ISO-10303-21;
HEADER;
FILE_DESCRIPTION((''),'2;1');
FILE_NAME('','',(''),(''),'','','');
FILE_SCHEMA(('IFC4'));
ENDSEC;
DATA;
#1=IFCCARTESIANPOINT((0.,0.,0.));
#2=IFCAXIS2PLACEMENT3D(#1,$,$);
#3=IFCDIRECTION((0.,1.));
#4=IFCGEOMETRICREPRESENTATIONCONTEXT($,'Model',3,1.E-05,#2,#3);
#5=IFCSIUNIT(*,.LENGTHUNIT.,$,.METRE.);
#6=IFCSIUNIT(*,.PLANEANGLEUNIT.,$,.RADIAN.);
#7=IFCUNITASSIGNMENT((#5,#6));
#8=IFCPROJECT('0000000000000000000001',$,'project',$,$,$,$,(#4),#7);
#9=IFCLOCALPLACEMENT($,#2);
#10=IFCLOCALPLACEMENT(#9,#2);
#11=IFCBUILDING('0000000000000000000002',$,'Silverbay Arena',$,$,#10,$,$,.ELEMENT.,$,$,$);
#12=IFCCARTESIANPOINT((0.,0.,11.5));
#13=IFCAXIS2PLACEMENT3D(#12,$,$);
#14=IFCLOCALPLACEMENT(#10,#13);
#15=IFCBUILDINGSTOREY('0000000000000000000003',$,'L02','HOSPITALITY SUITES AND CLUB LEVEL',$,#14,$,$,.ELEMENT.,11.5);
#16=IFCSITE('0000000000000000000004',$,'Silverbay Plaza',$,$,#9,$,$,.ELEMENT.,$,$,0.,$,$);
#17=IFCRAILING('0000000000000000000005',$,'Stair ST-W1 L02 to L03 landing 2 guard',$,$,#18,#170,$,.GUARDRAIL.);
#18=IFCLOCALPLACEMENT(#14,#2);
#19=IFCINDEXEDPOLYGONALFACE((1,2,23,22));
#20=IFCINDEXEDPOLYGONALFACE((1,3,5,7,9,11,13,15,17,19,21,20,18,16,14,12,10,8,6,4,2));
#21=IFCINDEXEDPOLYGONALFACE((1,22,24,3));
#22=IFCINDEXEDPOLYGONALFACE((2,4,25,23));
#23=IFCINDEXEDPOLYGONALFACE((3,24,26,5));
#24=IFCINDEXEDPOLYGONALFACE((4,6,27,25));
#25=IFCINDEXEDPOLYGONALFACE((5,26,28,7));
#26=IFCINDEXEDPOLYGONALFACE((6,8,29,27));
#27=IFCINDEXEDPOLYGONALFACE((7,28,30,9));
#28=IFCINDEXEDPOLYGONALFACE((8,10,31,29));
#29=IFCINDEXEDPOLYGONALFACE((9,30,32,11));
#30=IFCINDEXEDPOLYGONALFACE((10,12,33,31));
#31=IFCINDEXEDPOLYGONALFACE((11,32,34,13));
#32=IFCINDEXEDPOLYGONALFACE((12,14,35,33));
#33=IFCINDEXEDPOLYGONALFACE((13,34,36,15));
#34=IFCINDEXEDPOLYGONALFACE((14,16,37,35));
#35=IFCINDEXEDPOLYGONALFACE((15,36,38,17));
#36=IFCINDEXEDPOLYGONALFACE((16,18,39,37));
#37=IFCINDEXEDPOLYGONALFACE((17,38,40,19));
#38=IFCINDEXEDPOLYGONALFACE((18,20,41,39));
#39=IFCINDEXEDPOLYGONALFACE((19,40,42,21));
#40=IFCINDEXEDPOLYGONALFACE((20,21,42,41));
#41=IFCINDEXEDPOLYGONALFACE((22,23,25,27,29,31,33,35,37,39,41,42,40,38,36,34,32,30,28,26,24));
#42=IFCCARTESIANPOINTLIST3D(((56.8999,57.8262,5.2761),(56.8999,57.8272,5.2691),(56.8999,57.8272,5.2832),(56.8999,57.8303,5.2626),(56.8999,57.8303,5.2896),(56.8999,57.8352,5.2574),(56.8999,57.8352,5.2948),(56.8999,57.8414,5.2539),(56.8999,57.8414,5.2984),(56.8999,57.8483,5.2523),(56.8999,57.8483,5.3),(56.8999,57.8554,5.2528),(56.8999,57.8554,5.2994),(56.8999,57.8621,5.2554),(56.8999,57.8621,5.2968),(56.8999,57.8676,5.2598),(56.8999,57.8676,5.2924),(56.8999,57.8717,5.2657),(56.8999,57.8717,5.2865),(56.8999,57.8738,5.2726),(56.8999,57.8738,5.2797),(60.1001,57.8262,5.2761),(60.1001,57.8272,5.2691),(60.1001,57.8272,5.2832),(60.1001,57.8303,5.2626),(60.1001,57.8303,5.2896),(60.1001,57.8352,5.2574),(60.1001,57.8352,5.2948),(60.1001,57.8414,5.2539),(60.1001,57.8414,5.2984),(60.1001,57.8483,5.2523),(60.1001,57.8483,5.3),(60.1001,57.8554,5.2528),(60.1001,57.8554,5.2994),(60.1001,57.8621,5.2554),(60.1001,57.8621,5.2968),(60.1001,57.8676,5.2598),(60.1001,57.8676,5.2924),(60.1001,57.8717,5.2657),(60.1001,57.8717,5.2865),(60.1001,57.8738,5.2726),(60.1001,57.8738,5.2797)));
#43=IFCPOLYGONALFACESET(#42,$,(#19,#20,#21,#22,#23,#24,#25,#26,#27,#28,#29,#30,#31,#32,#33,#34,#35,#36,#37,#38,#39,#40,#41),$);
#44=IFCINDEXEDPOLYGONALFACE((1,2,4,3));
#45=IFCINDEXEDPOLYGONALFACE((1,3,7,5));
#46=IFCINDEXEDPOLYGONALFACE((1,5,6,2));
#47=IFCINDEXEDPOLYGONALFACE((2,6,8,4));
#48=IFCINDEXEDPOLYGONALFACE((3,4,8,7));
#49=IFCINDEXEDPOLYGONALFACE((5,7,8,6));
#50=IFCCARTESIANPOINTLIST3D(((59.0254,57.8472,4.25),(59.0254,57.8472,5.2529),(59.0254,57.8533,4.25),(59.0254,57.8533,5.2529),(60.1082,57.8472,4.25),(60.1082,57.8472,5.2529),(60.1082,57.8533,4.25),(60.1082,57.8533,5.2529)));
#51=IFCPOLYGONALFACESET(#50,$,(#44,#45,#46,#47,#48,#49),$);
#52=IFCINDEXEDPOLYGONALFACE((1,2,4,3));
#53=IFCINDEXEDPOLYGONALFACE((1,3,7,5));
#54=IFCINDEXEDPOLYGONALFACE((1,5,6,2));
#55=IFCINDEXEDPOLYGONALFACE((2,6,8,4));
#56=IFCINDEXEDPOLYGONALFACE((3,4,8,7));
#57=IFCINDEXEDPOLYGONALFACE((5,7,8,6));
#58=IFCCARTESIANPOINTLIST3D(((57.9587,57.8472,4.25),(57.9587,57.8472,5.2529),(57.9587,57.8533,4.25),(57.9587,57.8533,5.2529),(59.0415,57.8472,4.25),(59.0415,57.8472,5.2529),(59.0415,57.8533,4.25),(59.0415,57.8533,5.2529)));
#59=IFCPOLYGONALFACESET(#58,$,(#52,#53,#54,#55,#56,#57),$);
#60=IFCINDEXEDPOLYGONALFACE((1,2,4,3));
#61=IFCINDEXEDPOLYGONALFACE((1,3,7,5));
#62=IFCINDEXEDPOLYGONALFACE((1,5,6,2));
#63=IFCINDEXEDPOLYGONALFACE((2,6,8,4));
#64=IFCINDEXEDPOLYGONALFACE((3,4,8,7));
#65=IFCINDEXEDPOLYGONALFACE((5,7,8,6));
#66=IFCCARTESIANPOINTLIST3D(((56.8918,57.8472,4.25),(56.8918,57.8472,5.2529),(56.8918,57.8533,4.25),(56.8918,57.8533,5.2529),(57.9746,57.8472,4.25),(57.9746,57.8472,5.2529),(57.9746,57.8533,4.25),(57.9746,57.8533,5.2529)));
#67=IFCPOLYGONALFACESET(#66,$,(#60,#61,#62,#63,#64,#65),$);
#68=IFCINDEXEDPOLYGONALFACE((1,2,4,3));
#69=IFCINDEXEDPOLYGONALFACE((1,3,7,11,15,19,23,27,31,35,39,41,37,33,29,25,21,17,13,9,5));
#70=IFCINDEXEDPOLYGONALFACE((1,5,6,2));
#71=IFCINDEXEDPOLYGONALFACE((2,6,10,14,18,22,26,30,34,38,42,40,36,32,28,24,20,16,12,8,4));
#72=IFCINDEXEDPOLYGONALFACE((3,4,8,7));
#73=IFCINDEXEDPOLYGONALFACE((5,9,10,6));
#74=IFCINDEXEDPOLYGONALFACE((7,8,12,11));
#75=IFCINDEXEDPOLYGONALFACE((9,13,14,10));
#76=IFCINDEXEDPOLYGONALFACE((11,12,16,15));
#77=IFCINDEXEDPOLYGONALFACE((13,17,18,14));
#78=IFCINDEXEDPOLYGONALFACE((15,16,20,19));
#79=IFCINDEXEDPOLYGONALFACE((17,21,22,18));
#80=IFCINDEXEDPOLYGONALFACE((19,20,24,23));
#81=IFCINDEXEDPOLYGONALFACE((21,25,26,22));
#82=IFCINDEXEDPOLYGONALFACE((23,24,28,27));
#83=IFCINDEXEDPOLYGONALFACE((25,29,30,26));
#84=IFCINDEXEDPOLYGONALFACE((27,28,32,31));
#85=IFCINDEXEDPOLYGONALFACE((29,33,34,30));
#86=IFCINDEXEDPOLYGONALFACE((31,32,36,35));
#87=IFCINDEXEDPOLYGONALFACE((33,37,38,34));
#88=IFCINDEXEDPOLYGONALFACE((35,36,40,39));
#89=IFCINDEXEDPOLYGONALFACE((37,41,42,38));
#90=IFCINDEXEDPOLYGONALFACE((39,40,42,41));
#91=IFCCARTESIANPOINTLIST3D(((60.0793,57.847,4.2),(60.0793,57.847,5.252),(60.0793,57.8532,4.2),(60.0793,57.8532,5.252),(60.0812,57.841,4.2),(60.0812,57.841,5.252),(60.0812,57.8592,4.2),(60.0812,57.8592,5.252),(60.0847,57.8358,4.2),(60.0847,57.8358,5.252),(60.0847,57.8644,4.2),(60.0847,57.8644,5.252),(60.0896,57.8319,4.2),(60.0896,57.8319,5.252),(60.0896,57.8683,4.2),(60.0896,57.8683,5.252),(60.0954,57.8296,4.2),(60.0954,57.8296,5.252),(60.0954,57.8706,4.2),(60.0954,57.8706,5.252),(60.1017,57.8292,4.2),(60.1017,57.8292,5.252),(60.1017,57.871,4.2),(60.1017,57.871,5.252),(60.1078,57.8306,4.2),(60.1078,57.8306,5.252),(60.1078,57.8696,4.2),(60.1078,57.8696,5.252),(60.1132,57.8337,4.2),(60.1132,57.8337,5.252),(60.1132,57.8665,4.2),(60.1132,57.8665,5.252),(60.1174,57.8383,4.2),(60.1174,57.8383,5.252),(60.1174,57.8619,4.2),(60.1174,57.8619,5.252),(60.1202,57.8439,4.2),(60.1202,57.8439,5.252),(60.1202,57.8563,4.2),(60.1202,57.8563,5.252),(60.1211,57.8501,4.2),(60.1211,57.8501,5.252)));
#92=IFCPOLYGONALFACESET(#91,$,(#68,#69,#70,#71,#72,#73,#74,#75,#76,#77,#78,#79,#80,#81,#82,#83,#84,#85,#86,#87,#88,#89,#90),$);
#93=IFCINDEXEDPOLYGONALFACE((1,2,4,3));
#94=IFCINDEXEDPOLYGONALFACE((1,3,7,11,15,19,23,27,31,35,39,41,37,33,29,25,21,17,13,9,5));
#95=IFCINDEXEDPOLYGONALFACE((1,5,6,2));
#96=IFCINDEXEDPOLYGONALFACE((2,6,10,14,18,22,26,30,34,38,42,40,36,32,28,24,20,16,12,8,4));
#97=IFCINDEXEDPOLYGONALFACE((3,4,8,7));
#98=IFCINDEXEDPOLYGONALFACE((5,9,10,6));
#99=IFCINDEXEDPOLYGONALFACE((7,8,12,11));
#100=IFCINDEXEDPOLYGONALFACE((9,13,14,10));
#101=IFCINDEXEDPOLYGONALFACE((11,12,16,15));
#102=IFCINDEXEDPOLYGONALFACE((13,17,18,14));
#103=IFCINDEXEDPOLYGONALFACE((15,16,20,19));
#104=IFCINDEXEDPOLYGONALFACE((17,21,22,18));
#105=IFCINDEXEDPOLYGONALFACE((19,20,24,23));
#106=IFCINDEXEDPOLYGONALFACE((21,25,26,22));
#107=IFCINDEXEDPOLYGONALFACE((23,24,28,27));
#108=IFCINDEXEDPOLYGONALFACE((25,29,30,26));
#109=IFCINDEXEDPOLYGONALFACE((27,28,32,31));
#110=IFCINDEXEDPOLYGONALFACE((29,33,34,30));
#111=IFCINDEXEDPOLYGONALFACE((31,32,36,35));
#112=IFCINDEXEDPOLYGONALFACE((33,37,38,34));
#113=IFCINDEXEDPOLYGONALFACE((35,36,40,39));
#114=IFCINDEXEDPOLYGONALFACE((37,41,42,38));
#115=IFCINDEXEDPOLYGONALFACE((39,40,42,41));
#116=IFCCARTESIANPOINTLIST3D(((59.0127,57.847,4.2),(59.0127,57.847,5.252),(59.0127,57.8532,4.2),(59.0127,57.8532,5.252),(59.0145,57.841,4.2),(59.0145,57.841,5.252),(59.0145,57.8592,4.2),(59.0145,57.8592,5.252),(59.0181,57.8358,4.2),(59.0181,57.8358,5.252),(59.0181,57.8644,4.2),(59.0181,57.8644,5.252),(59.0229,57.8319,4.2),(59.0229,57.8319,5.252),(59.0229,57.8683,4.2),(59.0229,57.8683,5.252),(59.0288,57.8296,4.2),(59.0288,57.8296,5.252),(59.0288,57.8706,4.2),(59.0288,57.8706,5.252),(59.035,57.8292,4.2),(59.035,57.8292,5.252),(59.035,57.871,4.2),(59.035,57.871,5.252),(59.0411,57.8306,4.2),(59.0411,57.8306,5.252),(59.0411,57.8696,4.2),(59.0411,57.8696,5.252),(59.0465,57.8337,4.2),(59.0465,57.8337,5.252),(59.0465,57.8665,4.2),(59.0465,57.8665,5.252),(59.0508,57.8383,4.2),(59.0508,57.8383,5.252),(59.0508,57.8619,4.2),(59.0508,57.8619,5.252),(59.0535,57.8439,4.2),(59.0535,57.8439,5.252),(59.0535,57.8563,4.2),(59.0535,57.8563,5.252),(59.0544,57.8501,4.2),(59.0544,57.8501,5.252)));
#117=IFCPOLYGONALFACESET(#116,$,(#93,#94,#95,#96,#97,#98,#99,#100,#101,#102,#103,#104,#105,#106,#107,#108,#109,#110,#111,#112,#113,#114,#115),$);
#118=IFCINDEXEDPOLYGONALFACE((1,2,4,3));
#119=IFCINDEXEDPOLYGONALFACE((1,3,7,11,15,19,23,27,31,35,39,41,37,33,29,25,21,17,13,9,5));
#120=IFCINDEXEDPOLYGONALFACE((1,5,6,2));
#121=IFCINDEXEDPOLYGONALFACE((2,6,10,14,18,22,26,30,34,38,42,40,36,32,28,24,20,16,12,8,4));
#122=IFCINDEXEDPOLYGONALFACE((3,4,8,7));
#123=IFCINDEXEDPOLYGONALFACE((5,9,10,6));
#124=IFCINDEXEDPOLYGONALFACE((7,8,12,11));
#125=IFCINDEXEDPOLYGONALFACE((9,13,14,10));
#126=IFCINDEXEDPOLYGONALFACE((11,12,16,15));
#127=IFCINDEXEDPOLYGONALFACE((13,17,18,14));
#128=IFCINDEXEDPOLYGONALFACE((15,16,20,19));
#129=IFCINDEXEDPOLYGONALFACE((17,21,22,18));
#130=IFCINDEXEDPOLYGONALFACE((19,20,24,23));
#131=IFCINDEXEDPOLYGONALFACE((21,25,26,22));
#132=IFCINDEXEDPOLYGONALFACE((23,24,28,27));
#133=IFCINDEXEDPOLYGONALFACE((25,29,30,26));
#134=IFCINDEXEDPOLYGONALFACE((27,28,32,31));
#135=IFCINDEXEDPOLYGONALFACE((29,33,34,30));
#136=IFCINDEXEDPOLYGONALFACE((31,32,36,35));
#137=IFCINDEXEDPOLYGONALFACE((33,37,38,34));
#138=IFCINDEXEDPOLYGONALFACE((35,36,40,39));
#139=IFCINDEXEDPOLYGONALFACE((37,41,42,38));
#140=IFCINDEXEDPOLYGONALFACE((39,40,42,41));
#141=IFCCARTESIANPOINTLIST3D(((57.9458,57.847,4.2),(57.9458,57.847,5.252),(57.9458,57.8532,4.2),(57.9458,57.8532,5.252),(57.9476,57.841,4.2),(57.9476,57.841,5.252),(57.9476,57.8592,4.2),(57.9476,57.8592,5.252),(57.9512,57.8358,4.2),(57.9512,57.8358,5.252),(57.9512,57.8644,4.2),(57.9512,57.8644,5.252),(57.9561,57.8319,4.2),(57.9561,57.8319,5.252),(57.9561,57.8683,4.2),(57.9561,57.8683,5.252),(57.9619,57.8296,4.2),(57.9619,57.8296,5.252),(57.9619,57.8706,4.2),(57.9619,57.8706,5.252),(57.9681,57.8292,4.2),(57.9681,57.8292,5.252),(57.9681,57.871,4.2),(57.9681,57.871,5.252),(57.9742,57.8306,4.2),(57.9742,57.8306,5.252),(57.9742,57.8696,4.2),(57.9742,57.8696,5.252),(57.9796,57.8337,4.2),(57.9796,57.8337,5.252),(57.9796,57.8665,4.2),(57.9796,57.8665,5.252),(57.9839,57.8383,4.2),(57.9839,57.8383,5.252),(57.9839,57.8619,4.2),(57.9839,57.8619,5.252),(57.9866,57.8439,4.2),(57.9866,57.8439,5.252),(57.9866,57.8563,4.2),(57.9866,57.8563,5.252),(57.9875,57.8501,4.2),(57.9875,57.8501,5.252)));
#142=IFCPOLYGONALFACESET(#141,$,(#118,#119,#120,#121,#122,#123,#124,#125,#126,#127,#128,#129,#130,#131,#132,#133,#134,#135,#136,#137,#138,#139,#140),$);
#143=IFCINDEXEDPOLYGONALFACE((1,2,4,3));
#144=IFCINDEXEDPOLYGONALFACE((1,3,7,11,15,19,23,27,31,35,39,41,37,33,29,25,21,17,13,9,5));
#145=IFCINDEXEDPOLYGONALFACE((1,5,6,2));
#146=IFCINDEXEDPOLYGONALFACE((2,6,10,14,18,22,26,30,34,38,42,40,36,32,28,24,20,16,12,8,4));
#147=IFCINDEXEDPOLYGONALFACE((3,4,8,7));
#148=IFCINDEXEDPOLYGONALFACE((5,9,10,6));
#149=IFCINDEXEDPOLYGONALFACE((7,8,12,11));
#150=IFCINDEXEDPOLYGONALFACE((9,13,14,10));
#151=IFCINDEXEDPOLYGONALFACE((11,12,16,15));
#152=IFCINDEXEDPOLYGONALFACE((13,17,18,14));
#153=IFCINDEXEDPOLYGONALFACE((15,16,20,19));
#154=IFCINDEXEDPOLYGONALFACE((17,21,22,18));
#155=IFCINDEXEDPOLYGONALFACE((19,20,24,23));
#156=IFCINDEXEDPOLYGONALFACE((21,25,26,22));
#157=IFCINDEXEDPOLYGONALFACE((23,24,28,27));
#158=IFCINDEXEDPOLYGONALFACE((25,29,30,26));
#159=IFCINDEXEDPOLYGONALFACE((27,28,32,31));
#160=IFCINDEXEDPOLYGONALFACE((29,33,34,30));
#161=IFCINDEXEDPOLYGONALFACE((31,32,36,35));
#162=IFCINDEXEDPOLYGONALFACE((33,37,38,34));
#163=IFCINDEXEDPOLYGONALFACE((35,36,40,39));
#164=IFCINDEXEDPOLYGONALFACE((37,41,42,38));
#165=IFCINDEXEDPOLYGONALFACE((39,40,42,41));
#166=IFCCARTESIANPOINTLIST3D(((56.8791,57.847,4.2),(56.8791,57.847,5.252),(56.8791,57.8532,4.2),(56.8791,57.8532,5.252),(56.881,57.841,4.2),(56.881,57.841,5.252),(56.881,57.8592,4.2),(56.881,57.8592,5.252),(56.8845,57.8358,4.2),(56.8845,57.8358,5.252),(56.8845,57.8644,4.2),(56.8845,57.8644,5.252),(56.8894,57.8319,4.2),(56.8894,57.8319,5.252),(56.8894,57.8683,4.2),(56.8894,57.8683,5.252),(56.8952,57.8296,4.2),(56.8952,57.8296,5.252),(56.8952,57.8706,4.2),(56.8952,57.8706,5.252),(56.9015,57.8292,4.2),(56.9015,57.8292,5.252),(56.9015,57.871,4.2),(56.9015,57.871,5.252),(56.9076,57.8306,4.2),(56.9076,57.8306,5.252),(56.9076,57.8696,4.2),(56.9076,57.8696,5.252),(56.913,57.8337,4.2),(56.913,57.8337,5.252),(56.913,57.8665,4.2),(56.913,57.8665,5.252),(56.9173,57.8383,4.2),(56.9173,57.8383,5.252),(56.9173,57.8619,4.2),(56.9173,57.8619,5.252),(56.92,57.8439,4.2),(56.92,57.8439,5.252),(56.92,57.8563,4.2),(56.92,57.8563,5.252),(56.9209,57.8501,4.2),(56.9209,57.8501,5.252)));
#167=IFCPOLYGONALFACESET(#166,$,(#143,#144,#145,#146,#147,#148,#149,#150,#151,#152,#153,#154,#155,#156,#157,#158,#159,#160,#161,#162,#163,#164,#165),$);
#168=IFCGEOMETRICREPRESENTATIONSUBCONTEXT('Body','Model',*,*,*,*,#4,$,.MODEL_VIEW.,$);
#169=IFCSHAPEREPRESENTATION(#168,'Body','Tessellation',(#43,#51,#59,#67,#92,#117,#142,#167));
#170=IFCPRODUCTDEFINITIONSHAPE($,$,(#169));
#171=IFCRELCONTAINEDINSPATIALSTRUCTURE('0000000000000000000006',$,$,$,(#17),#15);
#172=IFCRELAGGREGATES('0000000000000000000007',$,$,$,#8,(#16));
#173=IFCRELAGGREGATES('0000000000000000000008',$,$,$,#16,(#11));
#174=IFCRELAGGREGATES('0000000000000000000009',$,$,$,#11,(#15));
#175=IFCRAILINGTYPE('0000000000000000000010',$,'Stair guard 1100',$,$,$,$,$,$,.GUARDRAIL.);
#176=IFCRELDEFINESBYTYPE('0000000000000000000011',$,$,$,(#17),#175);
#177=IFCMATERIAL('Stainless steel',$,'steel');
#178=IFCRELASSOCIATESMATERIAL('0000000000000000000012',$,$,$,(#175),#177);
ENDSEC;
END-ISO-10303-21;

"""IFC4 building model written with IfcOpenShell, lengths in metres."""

from ifc_helpers import new_model, si_unit, direction, frame, origin, origin_2d, place, context, subcontext, project, spatial, polyline, circle, outline, extrude, material, type_object, element, save


model = new_model("IFC4")

# Units and contexts
model_context = context("Model", 3, precision=1e-05, world=origin(), true_north=direction((0.0, 1.0)))
body_context = subcontext(model_context, "Body", "Model", "MODEL_VIEW")
ifc_project = project(units=[si_unit("LENGTHUNIT", "METRE"), si_unit("PLANEANGLEUNIT", "RADIAN")], contexts=[model_context])

# Site, building, storey
site_placement = place(None, origin())
site = spatial("IfcSite", under=ifc_project, at=site_placement, Name="Silverbay Plaza", CompositionType="ELEMENT", RefElevation=0.0)
building_placement = place(site_placement, origin())
building = spatial("IfcBuilding", under=site, at=building_placement, Name="Silverbay Arena", CompositionType="ELEMENT")
storey_placement = place(building_placement, frame((0.0, 0.0, 11.5)))
storey = spatial("IfcBuildingStorey", under=building, at=storey_placement, Name="L02", Description="HOSPITALITY SUITES AND CLUB LEVEL", CompositionType="ELEMENT", Elevation=11.5)

# Railing
ifc_material_1 = material(Name="Stainless steel", Category="steel")
railing_type_1 = type_object("IfcRailingType", Name="Stair guard 1100", PredefinedType="GUARDRAIL", material=ifc_material_1)
for number, where, name in (
    (1, (60.1001, 57.8501, 4.2), "Stair ST-W1 L02 to L03 landing 2 guard"),
):
    element("IfcRailing", number, at=place(storey_placement, frame(where)), inside=storey, type_object=railing_type_1, Name=name, PredefinedType="GUARDRAIL", context=body_context, shape_type="SweptSolid", body=[
        extrude(circle(Radius=0.0239, at=origin_2d()), frame((0.0, 0.0, 1.0762), z_axis=(-1.0, 0.0, 0.0), x_axis=(0.0, -1.0, 0.0)), (0.0, 0.0, 1.0), 3.2002),
        extrude(outline(polyline([(-0.0081, 0.05), (1.0747, 0.05), (1.0747, 1.053), (-0.0081, 1.053), (-0.0081, 0.05)])), frame((0.0, -0.0029, 0.0), z_axis=(0.0, 1.0, 0.0), x_axis=(-1.0, 0.0, 0.0)), (0.0, 0.0, 1.0), 0.0061),
        extrude(outline(polyline([(-0.0081, 0.05), (1.0747, 0.05), (1.0747, 1.053), (-0.0081, 1.053), (-0.0081, 0.05)])), frame((-1.0667, -0.0029, 0.0), z_axis=(0.0, 1.0, 0.0), x_axis=(-1.0, 0.0, 0.0)), (0.0, 0.0, 1.0), 0.0061),
        extrude(outline(polyline([(-0.0081, 0.05), (1.0747, 0.05), (1.0747, 1.053), (-0.0081, 1.053), (-0.0081, 0.05)])), frame((-2.1335, -0.0029, 0.0), z_axis=(0.0, 1.0, 0.0), x_axis=(-1.0, 0.0, 0.0)), (0.0, 0.0, 1.0), 0.0061),
        extrude(circle(Radius=0.021, at=origin_2d()), origin(), (0.0, 0.0, 1.0), 1.052),
        extrude(circle(Radius=0.021, at=origin_2d()), frame((-1.0667, 0.0, 0.0)), (0.0, 0.0, 1.0), 1.052),
        extrude(circle(Radius=0.021, at=origin_2d()), frame((-2.1335, 0.0, 0.0)), (0.0, 0.0, 1.0), 1.052),
        extrude(circle(Radius=0.021, at=origin_2d()), frame((-3.2002, 0.0, 0.0)), (0.0, 0.0, 1.0), 1.052),
    ])

save(model, "model.ifc")
